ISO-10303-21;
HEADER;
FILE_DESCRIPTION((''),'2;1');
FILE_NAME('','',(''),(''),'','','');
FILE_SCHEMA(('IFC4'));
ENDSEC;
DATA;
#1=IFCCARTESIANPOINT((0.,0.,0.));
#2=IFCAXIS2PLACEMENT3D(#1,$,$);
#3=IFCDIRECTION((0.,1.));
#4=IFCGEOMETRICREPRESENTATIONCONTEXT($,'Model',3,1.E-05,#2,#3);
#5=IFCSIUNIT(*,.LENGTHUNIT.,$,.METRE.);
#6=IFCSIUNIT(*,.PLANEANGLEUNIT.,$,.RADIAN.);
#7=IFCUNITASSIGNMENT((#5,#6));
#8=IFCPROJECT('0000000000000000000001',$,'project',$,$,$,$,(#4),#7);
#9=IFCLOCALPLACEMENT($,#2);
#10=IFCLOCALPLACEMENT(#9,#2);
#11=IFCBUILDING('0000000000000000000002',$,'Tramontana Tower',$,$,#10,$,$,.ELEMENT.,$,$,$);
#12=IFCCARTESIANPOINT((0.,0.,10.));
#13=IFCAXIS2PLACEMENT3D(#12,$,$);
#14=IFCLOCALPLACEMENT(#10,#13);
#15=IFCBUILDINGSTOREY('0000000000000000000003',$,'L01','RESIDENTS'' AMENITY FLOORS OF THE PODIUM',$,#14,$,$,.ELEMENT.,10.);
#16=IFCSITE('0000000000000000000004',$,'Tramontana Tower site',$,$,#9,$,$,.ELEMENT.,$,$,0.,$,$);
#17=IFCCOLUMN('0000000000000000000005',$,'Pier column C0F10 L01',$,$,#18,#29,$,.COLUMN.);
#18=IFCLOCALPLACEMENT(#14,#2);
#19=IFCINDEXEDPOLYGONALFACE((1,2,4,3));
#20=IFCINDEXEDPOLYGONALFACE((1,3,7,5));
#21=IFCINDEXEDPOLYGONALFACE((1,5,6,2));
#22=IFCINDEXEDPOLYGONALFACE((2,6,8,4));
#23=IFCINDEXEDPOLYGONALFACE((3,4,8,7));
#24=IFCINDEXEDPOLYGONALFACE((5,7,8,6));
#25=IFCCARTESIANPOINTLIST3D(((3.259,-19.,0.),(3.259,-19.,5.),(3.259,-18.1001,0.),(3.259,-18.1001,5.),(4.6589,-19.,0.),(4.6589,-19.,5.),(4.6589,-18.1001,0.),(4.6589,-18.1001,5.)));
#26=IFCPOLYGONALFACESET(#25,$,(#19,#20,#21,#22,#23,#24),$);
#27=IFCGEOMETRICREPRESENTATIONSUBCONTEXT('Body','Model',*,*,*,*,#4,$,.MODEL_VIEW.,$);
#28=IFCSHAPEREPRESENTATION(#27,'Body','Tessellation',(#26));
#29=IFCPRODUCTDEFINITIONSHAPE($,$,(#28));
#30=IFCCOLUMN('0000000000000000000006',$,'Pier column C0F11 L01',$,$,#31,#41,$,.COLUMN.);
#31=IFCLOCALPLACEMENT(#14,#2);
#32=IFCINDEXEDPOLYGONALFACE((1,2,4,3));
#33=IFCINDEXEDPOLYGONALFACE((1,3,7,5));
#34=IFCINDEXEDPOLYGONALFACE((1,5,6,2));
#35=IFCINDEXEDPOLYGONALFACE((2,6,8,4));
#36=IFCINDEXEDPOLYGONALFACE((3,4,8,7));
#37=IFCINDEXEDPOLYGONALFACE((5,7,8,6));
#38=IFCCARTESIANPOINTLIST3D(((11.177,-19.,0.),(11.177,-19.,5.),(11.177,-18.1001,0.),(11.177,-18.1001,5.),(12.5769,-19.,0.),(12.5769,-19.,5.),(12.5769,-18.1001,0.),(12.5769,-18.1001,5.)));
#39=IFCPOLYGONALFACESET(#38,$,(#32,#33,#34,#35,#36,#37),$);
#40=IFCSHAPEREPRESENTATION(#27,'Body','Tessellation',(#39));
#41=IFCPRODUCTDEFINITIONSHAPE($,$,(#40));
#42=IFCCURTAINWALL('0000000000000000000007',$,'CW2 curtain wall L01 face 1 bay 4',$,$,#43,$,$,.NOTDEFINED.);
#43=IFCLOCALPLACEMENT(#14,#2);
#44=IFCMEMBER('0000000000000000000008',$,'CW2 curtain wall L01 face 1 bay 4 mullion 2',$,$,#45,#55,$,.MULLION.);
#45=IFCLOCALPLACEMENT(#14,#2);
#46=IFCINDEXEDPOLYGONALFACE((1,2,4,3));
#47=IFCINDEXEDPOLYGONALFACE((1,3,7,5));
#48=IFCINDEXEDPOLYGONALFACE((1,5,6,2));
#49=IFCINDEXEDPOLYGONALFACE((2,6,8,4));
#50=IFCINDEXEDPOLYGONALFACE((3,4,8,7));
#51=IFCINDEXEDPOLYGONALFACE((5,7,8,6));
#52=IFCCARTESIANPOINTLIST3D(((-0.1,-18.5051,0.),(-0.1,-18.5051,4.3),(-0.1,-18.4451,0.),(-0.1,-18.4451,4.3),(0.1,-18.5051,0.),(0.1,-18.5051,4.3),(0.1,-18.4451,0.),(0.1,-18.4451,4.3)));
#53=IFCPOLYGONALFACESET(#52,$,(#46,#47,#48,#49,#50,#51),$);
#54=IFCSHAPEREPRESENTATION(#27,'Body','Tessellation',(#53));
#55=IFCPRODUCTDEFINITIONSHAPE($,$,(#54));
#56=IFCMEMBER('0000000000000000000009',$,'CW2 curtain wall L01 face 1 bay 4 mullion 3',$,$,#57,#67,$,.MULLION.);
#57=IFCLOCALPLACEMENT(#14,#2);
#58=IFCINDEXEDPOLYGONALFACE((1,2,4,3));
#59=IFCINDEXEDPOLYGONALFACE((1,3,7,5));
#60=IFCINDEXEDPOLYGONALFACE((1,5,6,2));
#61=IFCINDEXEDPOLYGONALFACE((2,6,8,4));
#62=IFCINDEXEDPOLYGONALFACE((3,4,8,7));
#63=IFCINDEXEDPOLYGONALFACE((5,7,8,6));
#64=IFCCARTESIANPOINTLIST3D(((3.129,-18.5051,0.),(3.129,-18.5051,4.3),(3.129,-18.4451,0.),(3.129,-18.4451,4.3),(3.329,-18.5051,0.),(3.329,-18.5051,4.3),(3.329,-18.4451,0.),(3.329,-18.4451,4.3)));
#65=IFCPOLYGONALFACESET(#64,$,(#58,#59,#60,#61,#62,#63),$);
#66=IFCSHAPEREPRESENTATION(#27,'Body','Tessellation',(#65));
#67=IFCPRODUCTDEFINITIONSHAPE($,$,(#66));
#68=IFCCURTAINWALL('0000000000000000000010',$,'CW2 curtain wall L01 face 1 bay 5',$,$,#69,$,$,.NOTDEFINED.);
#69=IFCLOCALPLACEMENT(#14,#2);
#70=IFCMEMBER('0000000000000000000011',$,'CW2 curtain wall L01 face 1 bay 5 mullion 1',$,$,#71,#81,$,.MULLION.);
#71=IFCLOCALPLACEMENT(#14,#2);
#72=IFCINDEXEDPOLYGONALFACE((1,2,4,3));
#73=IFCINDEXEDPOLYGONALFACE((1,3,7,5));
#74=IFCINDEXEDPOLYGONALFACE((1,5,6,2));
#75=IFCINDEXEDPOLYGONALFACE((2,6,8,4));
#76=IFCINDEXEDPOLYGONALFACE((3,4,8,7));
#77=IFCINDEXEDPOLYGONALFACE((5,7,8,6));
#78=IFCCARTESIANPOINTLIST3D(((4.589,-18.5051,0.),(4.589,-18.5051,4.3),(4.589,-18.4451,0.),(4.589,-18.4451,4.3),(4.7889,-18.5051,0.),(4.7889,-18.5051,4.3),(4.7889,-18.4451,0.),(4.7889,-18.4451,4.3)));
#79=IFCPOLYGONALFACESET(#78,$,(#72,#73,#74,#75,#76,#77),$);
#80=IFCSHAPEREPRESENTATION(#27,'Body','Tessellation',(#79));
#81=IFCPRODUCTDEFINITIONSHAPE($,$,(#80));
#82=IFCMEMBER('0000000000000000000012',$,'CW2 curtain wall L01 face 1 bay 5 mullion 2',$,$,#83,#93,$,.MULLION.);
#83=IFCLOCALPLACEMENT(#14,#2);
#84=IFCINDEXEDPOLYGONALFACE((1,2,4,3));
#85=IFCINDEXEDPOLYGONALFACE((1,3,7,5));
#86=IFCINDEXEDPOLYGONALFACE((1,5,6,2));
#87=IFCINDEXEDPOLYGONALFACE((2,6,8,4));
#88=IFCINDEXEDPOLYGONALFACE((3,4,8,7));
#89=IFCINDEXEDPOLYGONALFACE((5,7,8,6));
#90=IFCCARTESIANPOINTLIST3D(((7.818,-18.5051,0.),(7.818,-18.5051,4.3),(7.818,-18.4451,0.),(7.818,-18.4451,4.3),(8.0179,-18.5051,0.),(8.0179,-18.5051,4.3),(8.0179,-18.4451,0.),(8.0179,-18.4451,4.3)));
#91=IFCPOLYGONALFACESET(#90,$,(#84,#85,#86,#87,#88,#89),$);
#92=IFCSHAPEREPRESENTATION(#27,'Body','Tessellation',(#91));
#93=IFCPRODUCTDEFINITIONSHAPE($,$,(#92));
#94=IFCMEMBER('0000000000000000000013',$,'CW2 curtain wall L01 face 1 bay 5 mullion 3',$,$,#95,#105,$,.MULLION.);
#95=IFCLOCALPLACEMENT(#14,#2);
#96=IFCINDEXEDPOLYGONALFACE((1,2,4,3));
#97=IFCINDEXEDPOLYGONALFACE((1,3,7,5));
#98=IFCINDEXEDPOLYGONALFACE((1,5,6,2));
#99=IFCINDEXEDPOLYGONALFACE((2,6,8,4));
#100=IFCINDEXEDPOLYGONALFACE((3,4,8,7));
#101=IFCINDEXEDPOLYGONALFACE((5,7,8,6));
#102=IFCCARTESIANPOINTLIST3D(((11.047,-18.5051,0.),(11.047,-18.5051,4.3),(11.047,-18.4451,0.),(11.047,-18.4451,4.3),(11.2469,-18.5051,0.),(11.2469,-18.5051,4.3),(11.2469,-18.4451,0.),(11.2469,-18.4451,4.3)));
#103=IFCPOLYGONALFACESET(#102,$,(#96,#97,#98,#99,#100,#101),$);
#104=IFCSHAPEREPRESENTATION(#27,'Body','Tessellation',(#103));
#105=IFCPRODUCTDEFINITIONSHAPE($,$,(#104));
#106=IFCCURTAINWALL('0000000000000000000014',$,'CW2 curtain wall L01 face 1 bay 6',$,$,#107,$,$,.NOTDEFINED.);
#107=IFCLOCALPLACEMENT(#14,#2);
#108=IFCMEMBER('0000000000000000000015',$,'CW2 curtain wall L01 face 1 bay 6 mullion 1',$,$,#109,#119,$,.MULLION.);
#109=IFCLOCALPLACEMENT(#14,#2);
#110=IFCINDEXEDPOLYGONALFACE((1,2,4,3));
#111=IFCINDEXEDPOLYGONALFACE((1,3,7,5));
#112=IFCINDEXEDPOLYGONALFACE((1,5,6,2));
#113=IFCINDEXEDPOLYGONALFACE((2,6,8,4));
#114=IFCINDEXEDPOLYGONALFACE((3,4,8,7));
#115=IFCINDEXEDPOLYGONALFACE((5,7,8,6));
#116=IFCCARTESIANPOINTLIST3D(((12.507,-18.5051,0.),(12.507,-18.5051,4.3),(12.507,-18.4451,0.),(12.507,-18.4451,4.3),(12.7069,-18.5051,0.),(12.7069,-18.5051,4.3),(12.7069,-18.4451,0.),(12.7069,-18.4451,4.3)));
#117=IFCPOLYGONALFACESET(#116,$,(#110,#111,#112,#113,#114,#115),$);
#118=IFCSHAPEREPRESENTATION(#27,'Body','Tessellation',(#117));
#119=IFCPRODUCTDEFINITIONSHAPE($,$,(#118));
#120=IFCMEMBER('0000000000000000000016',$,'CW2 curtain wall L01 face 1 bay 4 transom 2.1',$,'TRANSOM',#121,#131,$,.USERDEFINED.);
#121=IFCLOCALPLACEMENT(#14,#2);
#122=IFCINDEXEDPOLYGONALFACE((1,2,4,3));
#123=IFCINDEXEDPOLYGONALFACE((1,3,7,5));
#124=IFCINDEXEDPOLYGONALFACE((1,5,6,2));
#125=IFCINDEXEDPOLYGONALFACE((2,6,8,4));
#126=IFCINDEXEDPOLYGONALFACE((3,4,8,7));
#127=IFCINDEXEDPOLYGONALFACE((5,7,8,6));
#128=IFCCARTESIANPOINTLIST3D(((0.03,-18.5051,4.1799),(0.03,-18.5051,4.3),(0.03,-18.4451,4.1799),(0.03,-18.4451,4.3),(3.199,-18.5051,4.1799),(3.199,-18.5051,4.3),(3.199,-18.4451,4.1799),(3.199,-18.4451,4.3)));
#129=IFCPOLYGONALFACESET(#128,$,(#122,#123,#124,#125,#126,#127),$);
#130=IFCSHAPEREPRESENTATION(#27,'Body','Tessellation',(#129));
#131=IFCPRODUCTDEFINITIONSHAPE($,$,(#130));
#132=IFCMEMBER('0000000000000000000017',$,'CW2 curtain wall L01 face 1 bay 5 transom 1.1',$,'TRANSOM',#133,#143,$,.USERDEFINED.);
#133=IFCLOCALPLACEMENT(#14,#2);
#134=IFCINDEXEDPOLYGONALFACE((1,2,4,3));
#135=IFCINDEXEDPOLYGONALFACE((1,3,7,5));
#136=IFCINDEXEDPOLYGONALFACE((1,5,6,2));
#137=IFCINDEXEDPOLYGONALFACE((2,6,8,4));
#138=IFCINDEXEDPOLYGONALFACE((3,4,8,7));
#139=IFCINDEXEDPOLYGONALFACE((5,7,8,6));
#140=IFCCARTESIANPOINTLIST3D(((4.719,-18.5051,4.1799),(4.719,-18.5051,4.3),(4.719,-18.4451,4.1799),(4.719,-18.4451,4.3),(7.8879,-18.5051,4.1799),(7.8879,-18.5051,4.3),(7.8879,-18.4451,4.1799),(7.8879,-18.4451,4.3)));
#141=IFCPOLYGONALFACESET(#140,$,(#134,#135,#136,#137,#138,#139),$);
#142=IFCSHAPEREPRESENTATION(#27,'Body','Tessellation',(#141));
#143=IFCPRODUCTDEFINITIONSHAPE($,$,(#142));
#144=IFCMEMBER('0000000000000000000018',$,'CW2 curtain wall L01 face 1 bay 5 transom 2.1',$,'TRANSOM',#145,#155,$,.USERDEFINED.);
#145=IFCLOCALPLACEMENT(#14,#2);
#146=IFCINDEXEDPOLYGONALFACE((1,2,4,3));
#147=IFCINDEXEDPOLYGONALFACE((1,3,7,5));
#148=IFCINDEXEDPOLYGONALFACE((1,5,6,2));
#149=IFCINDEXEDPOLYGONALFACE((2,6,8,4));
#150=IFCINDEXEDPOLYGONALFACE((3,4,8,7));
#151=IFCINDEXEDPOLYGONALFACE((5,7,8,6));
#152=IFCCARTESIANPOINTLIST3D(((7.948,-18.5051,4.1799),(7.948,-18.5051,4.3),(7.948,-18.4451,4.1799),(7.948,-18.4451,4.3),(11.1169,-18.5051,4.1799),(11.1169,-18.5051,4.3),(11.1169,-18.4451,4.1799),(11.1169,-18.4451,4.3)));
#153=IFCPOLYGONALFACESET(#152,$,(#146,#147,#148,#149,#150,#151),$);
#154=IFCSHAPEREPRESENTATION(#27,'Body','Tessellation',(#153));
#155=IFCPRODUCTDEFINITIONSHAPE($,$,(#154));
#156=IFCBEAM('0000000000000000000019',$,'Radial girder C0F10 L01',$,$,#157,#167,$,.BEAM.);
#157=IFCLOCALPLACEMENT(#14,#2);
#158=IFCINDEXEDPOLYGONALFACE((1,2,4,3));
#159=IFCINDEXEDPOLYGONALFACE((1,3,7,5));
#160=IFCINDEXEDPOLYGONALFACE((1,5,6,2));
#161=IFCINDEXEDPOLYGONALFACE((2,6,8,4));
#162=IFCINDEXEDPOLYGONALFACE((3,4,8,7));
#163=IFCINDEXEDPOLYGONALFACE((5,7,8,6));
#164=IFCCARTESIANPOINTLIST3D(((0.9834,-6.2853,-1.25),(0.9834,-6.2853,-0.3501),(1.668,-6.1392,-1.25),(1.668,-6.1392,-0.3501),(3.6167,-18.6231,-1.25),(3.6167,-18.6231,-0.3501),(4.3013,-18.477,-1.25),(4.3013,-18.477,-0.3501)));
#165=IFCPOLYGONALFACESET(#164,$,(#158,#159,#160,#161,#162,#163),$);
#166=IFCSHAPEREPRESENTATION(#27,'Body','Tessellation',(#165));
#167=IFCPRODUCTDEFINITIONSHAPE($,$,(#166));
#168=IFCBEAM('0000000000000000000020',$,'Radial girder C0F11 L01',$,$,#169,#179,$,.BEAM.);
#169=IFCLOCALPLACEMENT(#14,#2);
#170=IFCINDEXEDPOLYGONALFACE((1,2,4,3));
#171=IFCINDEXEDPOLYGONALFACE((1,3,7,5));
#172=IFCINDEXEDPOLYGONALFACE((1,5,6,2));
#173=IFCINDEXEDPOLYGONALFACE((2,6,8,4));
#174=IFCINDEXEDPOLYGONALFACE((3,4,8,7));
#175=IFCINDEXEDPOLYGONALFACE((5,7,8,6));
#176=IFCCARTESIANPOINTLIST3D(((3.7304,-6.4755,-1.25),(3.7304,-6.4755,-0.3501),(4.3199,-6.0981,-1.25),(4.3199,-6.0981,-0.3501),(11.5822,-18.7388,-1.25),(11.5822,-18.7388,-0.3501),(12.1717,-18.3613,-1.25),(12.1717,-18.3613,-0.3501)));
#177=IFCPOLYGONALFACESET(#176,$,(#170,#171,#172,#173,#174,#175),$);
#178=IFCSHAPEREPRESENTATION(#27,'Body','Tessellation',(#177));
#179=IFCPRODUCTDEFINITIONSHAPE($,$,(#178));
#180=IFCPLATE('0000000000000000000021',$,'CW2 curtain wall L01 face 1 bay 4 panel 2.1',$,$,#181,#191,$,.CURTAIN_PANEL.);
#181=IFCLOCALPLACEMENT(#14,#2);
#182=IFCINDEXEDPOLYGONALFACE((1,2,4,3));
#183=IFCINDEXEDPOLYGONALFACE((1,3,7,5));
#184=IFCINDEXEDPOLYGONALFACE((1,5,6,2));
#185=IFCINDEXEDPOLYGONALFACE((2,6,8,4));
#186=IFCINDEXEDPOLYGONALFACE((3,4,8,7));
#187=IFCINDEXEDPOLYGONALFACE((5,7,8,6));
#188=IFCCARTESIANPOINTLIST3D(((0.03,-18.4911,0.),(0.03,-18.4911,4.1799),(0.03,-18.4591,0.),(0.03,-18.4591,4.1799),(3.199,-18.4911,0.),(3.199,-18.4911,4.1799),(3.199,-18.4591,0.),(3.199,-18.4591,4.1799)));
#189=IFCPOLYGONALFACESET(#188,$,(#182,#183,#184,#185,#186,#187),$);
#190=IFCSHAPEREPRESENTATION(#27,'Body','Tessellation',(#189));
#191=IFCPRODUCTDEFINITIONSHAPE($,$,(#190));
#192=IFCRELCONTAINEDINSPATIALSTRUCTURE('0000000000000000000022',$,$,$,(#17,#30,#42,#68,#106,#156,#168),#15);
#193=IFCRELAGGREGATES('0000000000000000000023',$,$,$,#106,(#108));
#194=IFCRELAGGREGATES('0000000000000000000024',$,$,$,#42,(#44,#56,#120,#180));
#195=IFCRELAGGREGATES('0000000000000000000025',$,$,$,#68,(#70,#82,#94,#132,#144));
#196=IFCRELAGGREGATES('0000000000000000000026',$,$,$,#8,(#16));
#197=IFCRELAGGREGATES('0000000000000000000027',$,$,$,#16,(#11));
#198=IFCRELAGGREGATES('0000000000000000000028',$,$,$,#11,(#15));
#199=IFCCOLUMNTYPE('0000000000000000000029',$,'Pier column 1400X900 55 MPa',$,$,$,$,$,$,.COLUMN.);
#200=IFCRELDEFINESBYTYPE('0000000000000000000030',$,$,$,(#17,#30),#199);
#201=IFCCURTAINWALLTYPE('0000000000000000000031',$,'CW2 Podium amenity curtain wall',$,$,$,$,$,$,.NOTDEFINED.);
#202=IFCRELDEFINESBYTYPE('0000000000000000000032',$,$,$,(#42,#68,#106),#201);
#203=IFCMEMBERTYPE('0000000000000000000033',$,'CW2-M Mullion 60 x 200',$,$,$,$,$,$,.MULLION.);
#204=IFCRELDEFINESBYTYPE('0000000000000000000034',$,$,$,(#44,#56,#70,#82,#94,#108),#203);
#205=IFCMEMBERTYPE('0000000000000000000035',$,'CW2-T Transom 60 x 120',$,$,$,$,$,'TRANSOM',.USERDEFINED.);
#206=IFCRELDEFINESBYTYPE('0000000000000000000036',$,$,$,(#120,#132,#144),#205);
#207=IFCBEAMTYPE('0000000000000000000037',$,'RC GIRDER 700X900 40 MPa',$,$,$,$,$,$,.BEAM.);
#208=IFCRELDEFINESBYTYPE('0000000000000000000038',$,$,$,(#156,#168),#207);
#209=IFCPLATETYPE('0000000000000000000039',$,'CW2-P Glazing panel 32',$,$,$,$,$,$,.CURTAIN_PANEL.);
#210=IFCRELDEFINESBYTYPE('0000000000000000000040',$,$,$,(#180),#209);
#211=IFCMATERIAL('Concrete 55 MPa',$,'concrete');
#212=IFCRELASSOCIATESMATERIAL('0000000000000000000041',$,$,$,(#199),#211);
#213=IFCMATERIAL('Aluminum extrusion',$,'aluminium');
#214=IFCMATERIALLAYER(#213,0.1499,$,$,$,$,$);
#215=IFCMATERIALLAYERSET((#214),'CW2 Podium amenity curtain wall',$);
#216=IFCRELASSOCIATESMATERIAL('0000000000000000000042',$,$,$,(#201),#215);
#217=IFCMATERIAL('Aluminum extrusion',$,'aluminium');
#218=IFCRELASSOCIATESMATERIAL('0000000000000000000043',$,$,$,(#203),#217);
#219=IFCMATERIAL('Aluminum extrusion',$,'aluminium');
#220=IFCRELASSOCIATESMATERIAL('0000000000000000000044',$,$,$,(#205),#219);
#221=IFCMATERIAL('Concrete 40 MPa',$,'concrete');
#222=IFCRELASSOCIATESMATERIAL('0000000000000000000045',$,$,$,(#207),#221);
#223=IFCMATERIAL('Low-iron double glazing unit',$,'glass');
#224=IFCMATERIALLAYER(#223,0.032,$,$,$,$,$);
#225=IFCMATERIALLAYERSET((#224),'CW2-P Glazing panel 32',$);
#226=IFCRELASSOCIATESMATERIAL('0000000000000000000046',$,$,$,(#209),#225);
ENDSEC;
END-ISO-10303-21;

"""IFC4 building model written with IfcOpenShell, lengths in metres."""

from ifc_helpers import new_model, si_unit, direction, frame, origin, origin_2d, place, context, subcontext, project, spatial, rectangle, extrude, material, layer, layer_set, material_profile, profile_set, type_object, element, aggregate, save


model = new_model("IFC4")

# Units and contexts
model_context = context("Model", 3, precision=1e-05, world=origin(), true_north=direction((0.0, 1.0)))
body_context = subcontext(model_context, "Body", "Model", "MODEL_VIEW")
ifc_project = project(units=[si_unit("LENGTHUNIT", "METRE"), si_unit("PLANEANGLEUNIT", "RADIAN")], contexts=[model_context])

# Site, building, storey
site_placement = place(None, origin())
site = spatial("IfcSite", under=ifc_project, at=site_placement, Name="Tramontana Tower site", CompositionType="ELEMENT", RefElevation=0.0)
building_placement = place(site_placement, origin())
building = spatial("IfcBuilding", under=site, at=building_placement, Name="Tramontana Tower", CompositionType="ELEMENT")
storey_placement = place(building_placement, frame((0.0, 0.0, 10.0)))
storey = spatial("IfcBuildingStorey", under=building, at=storey_placement, Name="L01", Description="RESIDENTS' AMENITY FLOORS OF THE PODIUM", CompositionType="ELEMENT", Elevation=10.0)

# Columns
ifc_material_1 = material(Name="Concrete 55 MPa", Category="concrete")
ifc_material_profile_1 = material_profile(ifc_material_1, rectangle(XDim=1.3999, YDim=0.8999, at=origin_2d()), Name="Pier column 1400X900 55 MPa")
ifc_profile_set_1 = profile_set([ifc_material_profile_1], Name="Concrete 55 MPa")
column_type = type_object("IfcColumnType", Name="Pier column 1400X900 55 MPa", PredefinedType="COLUMN", material=ifc_profile_set_1)
for number, where, z_axis, x_axis, name in (
    (1, (3.959, -18.55, 0.0), (0.0, 0.0, 1.0), (1.0, 0.0, 0.0), "Pier column C0F10 L01"),
    (2, (11.877, -18.55, 0.0), (0.0, 0.0, 1.0), (1.0, 0.0, 0.0), "Pier column C0F11 L01"),
):
    element("IfcColumn", number, at=place(storey_placement, frame(where, z_axis=z_axis, x_axis=x_axis)), inside=storey, type_object=column_type, Name=name, PredefinedType="COLUMN", context=body_context, shape_type="SweptSolid", body=[
        extrude(rectangle(XDim=1.3999, YDim=0.8999, at=origin_2d()), origin(), (0.0, 0.0, 1.0), 5.0),
    ])

# Curtain walls, members
ifc_material_2 = material(Name="Aluminum extrusion", Category="aluminium")
ifc_layer_1 = layer(ifc_material_2, 0.1499)
ifc_layer_set_1 = layer_set([ifc_layer_1], Name="CW2 Podium amenity curtain wall")
curtain_wall_type = type_object("IfcCurtainWallType", Name="CW2 Podium amenity curtain wall", PredefinedType="NOTDEFINED", material=ifc_layer_set_1)
curtain_wall_1_placement = place(storey_placement, origin())
curtain_wall_1 = element("IfcCurtainWall", 3, at=curtain_wall_1_placement, inside=storey, type_object=curtain_wall_type, Name="CW2 curtain wall L01 face 1 bay 4", PredefinedType="NOTDEFINED")
ifc_material_3 = material(Name="Aluminum extrusion", Category="aluminium")
ifc_material_profile_2 = material_profile(ifc_material_3, rectangle(XDim=0.0601, YDim=0.2, at=origin_2d()), Name="CW2-M Mullion 60 x 200")
ifc_profile_set_2 = profile_set([ifc_material_profile_2], Name="Aluminum extrusion")
member_type_1 = type_object("IfcMemberType", Name="CW2-M Mullion 60 x 200", PredefinedType="MULLION", material=ifc_profile_set_2)
member_1_placement = place(storey_placement, frame((0.0, -18.4751, 0.0), z_axis=(0.0, 0.0, 1.0), x_axis=(0.0, 1.0, 0.0)))
member_1 = element("IfcMember", 4, at=member_1_placement, type_object=member_type_1, Name="CW2 curtain wall L01 face 1 bay 4 mullion 2", PredefinedType="MULLION", context=body_context, shape_type="SweptSolid", body=[
    extrude(rectangle(XDim=0.0601, YDim=0.2, at=origin_2d()), origin(), (0.0, 0.0, 1.0), 4.3),
])
member_2_placement = place(storey_placement, frame((3.229, -18.4751, 0.0), z_axis=(0.0, 0.0, 1.0), x_axis=(0.0, 1.0, 0.0)))
member_2 = element("IfcMember", 5, at=member_2_placement, type_object=member_type_1, Name="CW2 curtain wall L01 face 1 bay 4 mullion 3", PredefinedType="MULLION", context=body_context, shape_type="SweptSolid", body=[
    extrude(rectangle(XDim=0.0601, YDim=0.2, at=origin_2d()), origin(), (0.0, 0.0, 1.0), 4.3),
])
curtain_wall_2_placement = place(storey_placement, origin())
curtain_wall_2 = element("IfcCurtainWall", 6, at=curtain_wall_2_placement, inside=storey, type_object=curtain_wall_type, Name="CW2 curtain wall L01 face 1 bay 5", PredefinedType="NOTDEFINED")
member_3_placement = place(storey_placement, frame((4.689, -18.4751, 0.0), z_axis=(0.0, 0.0, 1.0), x_axis=(0.0, 1.0, 0.0)))
member_3 = element("IfcMember", 7, at=member_3_placement, type_object=member_type_1, Name="CW2 curtain wall L01 face 1 bay 5 mullion 1", PredefinedType="MULLION", context=body_context, shape_type="SweptSolid", body=[
    extrude(rectangle(XDim=0.0601, YDim=0.2, at=origin_2d()), origin(), (0.0, 0.0, 1.0), 4.3),
])
member_4_placement = place(storey_placement, frame((7.918, -18.4751, 0.0), z_axis=(0.0, 0.0, 1.0), x_axis=(0.0, 1.0, 0.0)))
member_4 = element("IfcMember", 8, at=member_4_placement, type_object=member_type_1, Name="CW2 curtain wall L01 face 1 bay 5 mullion 2", PredefinedType="MULLION", context=body_context, shape_type="SweptSolid", body=[
    extrude(rectangle(XDim=0.0601, YDim=0.2, at=origin_2d()), origin(), (0.0, 0.0, 1.0), 4.3),
])
member_5_placement = place(storey_placement, frame((11.147, -18.4751, 0.0), z_axis=(0.0, 0.0, 1.0), x_axis=(0.0, 1.0, 0.0)))
member_5 = element("IfcMember", 9, at=member_5_placement, type_object=member_type_1, Name="CW2 curtain wall L01 face 1 bay 5 mullion 3", PredefinedType="MULLION", context=body_context, shape_type="SweptSolid", body=[
    extrude(rectangle(XDim=0.0601, YDim=0.2, at=origin_2d()), origin(), (0.0, 0.0, 1.0), 4.3),
])

# Curtain wall, member
curtain_wall_3_placement = place(storey_placement, origin())
curtain_wall_3 = element("IfcCurtainWall", 10, at=curtain_wall_3_placement, inside=storey, type_object=curtain_wall_type, Name="CW2 curtain wall L01 face 1 bay 6", PredefinedType="NOTDEFINED")
member_6_placement = place(storey_placement, frame((12.6069, -18.4751, 0.0), z_axis=(0.0, 0.0, 1.0), x_axis=(0.0, 1.0, 0.0)))
member_6 = element("IfcMember", 11, at=member_6_placement, type_object=member_type_1, Name="CW2 curtain wall L01 face 1 bay 6 mullion 1", PredefinedType="MULLION", context=body_context, shape_type="SweptSolid", body=[
    extrude(rectangle(XDim=0.0601, YDim=0.2, at=origin_2d()), origin(), (0.0, 0.0, 1.0), 4.3),
])
aggregate(curtain_wall_3, [member_6])

# Members
ifc_material_4 = material(Name="Aluminum extrusion", Category="aluminium")
ifc_material_profile_3 = material_profile(ifc_material_4, rectangle(XDim=0.0601, YDim=0.1201, at=origin_2d()), Name="CW2-T Transom 60 x 120")
ifc_profile_set_3 = profile_set([ifc_material_profile_3], Name="Aluminum extrusion")
member_type_2 = type_object("IfcMemberType", Name="CW2-T Transom 60 x 120", ElementType="TRANSOM", PredefinedType="USERDEFINED", material=ifc_profile_set_3)
member_7_placement = place(storey_placement, frame((0.03, -18.4751, 4.24), z_axis=(1.0, 0.0, 0.0), x_axis=(0.0, 1.0, 0.0)))
member_7 = element("IfcMember", 12, at=member_7_placement, type_object=member_type_2, Name="CW2 curtain wall L01 face 1 bay 4 transom 2.1", ObjectType="TRANSOM", PredefinedType="USERDEFINED", context=body_context, shape_type="SweptSolid", body=[
    extrude(rectangle(XDim=0.0601, YDim=0.1201, at=origin_2d()), origin(), (0.0, 0.0, 1.0), 3.1689),
])
member_8_placement = place(storey_placement, frame((4.719, -18.4751, 4.24), z_axis=(1.0, 0.0, 0.0), x_axis=(0.0, 1.0, 0.0)))
member_8 = element("IfcMember", 13, at=member_8_placement, type_object=member_type_2, Name="CW2 curtain wall L01 face 1 bay 5 transom 1.1", ObjectType="TRANSOM", PredefinedType="USERDEFINED", context=body_context, shape_type="SweptSolid", body=[
    extrude(rectangle(XDim=0.0601, YDim=0.1201, at=origin_2d()), origin(), (0.0, 0.0, 1.0), 3.1689),
])
member_9_placement = place(storey_placement, frame((7.948, -18.4751, 4.24), z_axis=(1.0, 0.0, 0.0), x_axis=(0.0, 1.0, 0.0)))
member_9 = element("IfcMember", 14, at=member_9_placement, type_object=member_type_2, Name="CW2 curtain wall L01 face 1 bay 5 transom 2.1", ObjectType="TRANSOM", PredefinedType="USERDEFINED", context=body_context, shape_type="SweptSolid", body=[
    extrude(rectangle(XDim=0.0601, YDim=0.1201, at=origin_2d()), origin(), (0.0, 0.0, 1.0), 3.1689),
])

# Beams
ifc_material_5 = material(Name="Concrete 40 MPa", Category="concrete")
ifc_material_profile_4 = material_profile(ifc_material_5, rectangle(XDim=0.7, YDim=0.8999, at=origin_2d()), Name="RC GIRDER 700X900 40 MPa")
ifc_profile_set_4 = profile_set([ifc_material_profile_4], Name="Concrete 40 MPa")
beam_type = type_object("IfcBeamType", Name="RC GIRDER 700X900 40 MPa", PredefinedType="BEAM", material=ifc_profile_set_4)
beam_1_placement = place(storey_placement, frame((3.959, -18.55, -0.8), z_axis=(-0.208731, 0.977973, 0.0), x_axis=(-0.977973, -0.208731, 0.0)))
element("IfcBeam", 15, at=beam_1_placement, inside=storey, type_object=beam_type, Name="Radial girder C0F10 L01", PredefinedType="BEAM", context=body_context, shape_type="SweptSolid", body=[
    extrude(rectangle(XDim=0.7, YDim=0.8999, at=origin_2d()), origin(), (0.0, 0.0, 1.0), 12.6157),
])
beam_2_placement = place(storey_placement, frame((11.877, -18.55, -0.8), z_axis=(-0.539218, 0.842166, 0.0), x_axis=(-0.842166, -0.539218, 0.0)))
element("IfcBeam", 16, at=beam_2_placement, inside=storey, type_object=beam_type, Name="Radial girder C0F11 L01", PredefinedType="BEAM", context=body_context, shape_type="SweptSolid", body=[
    extrude(rectangle(XDim=0.7, YDim=0.8999, at=origin_2d()), origin(), (0.0, 0.0, 1.0), 14.5615),
])

# Plate
ifc_material_6 = material(Name="Low-iron double glazing unit", Category="glass")
ifc_layer_2 = layer(ifc_material_6, 0.032)
ifc_layer_set_2 = layer_set([ifc_layer_2], Name="CW2-P Glazing panel 32")
plate_type = type_object("IfcPlateType", Name="CW2-P Glazing panel 32", PredefinedType="CURTAIN_PANEL", material=ifc_layer_set_2)
plate_1_placement = place(storey_placement, frame((1.6145, -18.4751, 0.0), z_axis=(0.0, 0.0, 1.0), x_axis=(1.0, 0.0, 0.0)))
plate_1 = element("IfcPlate", 17, at=plate_1_placement, type_object=plate_type, Name="CW2 curtain wall L01 face 1 bay 4 panel 2.1", PredefinedType="CURTAIN_PANEL", context=body_context, shape_type="SweptSolid", body=[
    extrude(rectangle(XDim=3.1689, YDim=0.032, at=origin_2d()), origin(), (0.0, 0.0, 1.0), 4.1799),
])
aggregate(curtain_wall_1, [member_1, member_2, member_7, plate_1])
aggregate(curtain_wall_2, [member_3, member_4, member_5, member_8, member_9])

save(model, "model.ifc")
